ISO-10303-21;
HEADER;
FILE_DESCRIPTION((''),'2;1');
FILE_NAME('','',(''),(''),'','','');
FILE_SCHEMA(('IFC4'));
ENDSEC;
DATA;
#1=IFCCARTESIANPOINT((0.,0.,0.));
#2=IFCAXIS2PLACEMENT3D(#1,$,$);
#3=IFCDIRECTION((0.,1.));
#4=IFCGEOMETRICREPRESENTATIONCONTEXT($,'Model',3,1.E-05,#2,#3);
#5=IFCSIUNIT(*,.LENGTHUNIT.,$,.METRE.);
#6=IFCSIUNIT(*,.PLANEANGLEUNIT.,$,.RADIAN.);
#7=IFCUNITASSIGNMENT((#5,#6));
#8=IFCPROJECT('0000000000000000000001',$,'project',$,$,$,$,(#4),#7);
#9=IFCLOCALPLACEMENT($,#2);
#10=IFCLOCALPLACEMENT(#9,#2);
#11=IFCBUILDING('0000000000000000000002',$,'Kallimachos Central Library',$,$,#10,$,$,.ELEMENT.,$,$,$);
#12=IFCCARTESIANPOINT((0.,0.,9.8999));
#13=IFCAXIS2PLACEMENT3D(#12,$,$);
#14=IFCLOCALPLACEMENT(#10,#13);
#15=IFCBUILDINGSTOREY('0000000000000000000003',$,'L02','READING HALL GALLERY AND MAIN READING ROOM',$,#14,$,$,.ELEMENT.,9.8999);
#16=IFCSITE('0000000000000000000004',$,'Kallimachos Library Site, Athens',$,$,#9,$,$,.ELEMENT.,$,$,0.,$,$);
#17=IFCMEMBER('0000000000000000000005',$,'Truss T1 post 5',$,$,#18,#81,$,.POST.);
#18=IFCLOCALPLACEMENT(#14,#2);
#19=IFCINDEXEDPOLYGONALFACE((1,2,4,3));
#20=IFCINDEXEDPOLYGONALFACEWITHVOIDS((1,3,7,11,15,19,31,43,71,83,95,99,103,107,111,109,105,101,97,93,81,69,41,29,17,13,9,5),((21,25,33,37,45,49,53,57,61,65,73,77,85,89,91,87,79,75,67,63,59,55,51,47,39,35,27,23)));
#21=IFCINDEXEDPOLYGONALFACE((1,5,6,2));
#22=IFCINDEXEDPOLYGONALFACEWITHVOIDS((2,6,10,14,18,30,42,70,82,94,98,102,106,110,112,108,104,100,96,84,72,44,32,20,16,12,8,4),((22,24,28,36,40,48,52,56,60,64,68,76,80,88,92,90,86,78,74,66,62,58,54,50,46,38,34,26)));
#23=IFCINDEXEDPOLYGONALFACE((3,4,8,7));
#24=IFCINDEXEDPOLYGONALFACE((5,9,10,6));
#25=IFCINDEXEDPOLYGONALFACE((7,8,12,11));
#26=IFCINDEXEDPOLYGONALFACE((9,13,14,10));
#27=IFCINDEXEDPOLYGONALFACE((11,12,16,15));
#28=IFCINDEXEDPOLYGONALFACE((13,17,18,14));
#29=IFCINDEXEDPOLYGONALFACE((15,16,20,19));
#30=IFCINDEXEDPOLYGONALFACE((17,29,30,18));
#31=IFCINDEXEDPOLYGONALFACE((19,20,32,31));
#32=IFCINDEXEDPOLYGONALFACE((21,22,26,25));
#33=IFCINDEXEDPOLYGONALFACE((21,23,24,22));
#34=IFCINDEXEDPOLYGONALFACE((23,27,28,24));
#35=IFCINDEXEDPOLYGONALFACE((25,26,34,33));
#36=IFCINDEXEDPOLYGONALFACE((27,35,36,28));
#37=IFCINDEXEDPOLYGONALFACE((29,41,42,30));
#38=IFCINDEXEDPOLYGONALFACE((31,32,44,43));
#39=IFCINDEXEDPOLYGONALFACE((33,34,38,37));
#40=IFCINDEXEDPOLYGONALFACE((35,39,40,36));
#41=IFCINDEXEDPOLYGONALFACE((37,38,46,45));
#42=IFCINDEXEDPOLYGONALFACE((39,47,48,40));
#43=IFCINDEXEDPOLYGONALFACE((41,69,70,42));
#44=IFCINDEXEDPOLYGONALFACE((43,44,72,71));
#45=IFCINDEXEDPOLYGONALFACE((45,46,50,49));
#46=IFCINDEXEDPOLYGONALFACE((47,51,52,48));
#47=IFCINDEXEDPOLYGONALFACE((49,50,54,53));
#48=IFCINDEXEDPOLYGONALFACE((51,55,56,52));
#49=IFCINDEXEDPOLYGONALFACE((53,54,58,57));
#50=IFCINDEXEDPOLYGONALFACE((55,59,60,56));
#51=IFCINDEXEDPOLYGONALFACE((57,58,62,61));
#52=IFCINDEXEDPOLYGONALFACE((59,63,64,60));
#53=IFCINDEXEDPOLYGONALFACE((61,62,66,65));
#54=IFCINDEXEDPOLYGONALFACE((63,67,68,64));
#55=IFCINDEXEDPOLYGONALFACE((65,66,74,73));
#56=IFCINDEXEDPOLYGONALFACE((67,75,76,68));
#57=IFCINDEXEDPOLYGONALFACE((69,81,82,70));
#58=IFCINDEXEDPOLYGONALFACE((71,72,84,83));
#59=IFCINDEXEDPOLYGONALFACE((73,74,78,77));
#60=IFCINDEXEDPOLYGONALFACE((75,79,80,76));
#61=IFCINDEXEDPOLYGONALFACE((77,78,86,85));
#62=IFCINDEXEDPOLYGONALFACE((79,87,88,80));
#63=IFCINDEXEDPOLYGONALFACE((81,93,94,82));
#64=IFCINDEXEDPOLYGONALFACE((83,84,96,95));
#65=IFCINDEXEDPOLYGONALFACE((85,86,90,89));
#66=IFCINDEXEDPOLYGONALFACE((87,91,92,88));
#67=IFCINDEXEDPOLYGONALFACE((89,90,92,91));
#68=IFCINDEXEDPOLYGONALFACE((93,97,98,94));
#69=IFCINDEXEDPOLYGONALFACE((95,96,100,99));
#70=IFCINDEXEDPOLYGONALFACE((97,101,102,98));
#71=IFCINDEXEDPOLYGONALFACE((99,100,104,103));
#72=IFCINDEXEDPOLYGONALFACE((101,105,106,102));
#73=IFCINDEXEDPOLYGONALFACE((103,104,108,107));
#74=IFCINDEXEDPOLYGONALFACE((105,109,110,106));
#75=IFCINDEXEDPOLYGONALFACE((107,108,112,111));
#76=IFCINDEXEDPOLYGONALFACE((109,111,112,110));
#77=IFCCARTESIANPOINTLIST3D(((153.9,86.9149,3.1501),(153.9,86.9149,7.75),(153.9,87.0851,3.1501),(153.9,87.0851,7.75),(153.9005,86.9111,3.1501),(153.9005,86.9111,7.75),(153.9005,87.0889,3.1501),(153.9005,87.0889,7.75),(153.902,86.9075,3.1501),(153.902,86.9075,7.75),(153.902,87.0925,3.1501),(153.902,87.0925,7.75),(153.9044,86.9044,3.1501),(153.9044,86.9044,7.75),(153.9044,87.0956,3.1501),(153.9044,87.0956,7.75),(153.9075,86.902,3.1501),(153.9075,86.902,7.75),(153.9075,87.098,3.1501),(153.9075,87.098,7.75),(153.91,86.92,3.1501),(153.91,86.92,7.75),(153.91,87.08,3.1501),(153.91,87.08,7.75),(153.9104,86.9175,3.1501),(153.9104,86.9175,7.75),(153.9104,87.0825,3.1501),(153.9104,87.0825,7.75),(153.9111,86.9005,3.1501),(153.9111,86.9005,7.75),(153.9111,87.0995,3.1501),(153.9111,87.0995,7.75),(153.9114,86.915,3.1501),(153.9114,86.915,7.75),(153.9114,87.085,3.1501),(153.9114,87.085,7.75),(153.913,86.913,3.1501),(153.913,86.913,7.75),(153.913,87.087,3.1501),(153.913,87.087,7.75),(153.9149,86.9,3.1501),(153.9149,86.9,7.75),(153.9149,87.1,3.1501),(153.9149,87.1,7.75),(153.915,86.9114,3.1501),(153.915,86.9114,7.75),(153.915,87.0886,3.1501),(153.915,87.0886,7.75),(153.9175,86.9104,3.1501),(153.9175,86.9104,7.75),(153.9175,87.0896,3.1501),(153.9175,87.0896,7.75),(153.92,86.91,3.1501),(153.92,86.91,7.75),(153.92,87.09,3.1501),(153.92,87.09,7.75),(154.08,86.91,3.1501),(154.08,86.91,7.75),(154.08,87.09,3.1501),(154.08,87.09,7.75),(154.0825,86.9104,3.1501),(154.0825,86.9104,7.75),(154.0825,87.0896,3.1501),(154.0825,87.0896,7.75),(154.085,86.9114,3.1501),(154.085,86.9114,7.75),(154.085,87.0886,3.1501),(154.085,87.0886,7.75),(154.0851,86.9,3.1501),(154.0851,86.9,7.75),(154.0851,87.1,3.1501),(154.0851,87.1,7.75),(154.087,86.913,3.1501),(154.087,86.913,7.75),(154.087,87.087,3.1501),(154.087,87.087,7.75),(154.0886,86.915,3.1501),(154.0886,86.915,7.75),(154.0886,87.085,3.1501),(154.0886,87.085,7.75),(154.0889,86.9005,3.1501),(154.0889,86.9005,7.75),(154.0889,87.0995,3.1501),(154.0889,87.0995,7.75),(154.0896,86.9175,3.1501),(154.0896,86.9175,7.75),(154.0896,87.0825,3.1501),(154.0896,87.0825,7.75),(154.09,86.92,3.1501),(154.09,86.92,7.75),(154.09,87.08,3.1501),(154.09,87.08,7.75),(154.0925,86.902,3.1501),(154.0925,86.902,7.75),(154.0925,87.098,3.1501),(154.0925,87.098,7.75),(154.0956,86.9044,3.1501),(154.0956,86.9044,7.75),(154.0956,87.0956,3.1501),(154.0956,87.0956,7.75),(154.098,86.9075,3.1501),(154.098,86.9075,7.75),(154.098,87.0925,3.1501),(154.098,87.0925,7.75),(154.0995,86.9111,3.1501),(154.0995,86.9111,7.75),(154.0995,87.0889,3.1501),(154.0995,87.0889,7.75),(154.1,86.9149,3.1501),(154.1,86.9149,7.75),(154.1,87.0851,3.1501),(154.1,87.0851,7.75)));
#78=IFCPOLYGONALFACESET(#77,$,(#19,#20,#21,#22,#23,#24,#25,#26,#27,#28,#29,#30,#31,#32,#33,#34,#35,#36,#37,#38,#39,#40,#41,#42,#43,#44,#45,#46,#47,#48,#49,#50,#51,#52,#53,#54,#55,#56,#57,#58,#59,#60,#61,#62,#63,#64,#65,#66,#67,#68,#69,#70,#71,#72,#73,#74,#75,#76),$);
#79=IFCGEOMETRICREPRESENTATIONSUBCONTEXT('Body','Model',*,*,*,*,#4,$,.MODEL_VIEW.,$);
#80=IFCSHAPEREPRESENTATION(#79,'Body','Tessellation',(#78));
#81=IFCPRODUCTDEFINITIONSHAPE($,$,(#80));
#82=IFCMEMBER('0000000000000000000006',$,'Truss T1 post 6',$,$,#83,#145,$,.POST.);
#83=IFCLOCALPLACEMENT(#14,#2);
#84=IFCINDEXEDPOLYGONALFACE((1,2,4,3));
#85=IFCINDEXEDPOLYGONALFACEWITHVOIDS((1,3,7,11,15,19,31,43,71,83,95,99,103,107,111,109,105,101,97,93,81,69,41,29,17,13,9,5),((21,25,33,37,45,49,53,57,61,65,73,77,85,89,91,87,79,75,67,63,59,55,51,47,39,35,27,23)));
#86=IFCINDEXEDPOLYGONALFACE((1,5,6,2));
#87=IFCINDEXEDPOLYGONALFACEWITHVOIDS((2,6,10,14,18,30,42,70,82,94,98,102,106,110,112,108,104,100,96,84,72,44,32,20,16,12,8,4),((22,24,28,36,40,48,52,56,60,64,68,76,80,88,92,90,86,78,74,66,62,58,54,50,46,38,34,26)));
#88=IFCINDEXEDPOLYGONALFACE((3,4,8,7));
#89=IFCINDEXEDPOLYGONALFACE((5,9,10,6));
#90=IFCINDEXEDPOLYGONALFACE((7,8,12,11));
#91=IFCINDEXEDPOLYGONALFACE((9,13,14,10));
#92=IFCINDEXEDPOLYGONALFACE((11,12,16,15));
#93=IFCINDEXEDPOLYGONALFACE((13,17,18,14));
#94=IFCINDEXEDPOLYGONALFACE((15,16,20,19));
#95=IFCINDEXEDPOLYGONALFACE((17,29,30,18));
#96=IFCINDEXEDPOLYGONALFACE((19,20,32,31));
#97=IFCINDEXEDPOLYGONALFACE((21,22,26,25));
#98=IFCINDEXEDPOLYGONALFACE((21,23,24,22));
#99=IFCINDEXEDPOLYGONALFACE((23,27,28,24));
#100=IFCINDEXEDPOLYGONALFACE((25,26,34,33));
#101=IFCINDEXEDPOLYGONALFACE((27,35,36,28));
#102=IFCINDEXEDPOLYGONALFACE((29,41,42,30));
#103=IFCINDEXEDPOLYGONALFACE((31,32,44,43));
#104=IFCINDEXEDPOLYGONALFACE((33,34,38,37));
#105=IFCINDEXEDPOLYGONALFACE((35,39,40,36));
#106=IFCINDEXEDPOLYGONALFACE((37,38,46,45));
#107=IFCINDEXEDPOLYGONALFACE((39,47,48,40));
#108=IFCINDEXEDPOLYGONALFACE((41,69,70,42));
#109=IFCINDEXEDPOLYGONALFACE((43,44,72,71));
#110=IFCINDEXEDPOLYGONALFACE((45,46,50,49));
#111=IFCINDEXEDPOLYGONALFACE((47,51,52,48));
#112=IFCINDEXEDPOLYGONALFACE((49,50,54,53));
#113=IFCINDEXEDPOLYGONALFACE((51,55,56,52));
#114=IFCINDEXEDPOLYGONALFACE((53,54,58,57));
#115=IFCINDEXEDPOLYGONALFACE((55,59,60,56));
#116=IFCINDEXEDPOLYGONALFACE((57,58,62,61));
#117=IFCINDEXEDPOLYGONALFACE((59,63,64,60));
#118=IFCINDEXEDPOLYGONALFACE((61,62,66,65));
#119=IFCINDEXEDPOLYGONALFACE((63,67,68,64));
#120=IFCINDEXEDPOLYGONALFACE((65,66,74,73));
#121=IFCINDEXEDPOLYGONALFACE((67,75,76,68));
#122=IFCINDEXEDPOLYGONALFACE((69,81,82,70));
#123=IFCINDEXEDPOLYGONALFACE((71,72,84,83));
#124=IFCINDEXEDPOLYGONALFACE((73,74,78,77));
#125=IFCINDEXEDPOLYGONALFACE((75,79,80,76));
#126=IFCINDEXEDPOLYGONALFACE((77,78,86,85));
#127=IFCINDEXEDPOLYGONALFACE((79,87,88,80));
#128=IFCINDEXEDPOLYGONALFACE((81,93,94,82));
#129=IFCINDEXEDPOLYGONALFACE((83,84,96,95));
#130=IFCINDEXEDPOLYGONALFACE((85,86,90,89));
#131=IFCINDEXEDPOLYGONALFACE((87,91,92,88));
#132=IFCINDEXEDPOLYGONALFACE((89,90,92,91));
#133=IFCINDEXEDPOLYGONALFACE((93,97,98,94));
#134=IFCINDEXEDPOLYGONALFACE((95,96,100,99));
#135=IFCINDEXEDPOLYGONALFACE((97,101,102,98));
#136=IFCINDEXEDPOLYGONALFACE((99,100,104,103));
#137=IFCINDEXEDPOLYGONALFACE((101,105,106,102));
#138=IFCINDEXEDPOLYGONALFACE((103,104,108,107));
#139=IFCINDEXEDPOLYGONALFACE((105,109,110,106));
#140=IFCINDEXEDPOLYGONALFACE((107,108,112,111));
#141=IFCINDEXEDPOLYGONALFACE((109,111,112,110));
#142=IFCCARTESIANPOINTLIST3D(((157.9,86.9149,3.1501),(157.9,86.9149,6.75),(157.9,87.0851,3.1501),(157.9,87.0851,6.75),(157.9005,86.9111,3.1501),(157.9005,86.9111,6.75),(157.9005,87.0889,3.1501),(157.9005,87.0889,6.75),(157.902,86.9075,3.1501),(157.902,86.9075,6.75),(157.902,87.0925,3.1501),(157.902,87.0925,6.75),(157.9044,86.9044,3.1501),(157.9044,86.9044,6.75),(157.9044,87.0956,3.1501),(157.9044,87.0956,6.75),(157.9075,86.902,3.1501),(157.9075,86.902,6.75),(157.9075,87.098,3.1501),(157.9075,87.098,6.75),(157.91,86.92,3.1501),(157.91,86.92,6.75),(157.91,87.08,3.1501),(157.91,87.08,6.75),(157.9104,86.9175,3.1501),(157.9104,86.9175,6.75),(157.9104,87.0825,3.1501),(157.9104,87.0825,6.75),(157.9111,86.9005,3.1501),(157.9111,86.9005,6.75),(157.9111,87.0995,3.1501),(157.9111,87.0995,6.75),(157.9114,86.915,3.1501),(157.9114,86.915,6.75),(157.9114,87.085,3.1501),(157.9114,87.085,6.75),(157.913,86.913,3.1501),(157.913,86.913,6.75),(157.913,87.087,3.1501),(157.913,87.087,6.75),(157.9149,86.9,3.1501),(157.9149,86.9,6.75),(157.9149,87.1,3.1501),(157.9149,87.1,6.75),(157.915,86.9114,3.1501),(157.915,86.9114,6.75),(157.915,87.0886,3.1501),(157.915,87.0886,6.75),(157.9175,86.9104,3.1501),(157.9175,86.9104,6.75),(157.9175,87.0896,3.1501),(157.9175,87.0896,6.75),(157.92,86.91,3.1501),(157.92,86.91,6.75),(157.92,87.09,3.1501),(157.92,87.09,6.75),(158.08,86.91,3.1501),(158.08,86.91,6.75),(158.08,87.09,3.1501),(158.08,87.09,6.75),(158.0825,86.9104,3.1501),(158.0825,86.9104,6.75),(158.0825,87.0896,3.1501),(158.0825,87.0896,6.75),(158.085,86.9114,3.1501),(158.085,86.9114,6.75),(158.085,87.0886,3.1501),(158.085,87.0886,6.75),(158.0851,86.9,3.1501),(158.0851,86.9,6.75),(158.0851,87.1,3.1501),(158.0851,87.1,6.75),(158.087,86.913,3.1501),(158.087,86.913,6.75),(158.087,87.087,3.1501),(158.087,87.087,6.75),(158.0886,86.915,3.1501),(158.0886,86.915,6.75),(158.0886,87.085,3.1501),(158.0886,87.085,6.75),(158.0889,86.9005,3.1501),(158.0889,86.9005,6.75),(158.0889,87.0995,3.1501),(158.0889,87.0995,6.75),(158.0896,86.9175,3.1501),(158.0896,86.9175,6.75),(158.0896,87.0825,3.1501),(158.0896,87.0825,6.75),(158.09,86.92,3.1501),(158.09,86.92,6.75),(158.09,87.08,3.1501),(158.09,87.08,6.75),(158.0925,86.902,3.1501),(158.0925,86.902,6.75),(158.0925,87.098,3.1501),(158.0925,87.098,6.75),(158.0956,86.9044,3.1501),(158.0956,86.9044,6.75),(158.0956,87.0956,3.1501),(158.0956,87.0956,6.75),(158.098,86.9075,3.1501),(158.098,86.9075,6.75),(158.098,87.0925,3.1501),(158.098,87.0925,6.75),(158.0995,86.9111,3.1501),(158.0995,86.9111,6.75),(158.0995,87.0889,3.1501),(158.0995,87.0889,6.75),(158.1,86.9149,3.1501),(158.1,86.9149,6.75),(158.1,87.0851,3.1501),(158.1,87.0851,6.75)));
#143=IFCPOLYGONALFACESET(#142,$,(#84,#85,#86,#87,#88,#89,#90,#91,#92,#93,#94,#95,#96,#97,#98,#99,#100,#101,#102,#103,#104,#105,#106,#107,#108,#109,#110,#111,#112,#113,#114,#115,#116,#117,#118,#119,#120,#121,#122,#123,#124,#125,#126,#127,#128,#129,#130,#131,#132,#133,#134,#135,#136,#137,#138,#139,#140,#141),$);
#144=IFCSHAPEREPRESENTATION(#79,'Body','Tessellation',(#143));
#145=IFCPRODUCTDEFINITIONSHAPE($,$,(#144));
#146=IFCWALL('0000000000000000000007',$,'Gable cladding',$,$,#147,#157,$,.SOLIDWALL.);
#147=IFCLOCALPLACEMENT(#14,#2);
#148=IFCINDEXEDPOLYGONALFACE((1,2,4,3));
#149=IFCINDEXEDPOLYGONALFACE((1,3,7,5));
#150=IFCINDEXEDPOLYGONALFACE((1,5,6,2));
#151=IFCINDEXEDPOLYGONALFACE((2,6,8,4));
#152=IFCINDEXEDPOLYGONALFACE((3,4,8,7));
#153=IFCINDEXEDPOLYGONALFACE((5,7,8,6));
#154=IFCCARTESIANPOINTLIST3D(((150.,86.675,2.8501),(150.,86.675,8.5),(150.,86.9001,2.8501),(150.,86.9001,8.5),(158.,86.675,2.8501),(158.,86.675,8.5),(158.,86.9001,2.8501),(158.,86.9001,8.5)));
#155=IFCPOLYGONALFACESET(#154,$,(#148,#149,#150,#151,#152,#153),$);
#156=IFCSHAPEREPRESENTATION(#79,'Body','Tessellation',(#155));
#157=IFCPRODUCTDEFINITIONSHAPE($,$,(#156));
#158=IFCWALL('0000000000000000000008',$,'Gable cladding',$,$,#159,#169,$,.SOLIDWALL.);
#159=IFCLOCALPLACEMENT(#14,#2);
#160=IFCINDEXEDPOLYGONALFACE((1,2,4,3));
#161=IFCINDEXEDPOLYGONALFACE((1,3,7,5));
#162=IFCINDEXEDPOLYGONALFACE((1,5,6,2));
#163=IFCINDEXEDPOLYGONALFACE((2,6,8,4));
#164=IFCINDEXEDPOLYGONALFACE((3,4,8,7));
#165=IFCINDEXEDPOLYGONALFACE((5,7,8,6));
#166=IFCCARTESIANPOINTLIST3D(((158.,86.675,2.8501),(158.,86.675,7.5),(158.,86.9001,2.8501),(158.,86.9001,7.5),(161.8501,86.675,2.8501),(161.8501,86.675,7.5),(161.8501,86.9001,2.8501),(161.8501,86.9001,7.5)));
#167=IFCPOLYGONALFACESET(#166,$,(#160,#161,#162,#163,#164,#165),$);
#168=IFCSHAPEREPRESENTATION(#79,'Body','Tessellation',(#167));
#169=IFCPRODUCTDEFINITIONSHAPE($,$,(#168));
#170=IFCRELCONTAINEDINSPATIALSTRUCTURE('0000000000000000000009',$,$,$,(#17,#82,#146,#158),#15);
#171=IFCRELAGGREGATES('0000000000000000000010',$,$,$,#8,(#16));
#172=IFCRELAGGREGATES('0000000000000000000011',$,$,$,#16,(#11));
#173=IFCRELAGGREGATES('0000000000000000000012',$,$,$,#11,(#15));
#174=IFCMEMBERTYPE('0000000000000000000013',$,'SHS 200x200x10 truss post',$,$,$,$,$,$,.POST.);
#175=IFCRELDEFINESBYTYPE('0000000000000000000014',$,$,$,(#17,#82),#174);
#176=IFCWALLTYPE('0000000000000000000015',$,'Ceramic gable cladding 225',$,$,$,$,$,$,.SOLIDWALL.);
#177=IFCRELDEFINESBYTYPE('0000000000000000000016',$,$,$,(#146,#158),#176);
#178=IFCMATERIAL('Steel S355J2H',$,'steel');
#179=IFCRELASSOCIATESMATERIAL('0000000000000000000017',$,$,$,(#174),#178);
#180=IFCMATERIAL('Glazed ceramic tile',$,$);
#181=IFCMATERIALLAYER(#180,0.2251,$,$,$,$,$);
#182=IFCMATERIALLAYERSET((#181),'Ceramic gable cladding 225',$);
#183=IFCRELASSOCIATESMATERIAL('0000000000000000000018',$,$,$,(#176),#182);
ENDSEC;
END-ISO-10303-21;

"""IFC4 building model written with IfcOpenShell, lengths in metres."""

from ifc_helpers import new_model, si_unit, direction, frame, frame_2d, origin, origin_2d, place, context, subcontext, project, spatial, rectangle, hollow_rectangle, extrude, material, layer, layer_set, material_profile, profile_set, type_object, element, save


model = new_model("IFC4")

# Units and contexts
model_context = context("Model", 3, precision=1e-05, world=origin(), true_north=direction((0.0, 1.0)))
body_context = subcontext(model_context, "Body", "Model", "MODEL_VIEW")
ifc_project = project(units=[si_unit("LENGTHUNIT", "METRE"), si_unit("PLANEANGLEUNIT", "RADIAN")], contexts=[model_context])

# Site, building, storey
site_placement = place(None, origin())
site = spatial("IfcSite", under=ifc_project, at=site_placement, Name="Kallimachos Library Site, Athens", CompositionType="ELEMENT", RefElevation=0.0)
building_placement = place(site_placement, origin())
building = spatial("IfcBuilding", under=site, at=building_placement, Name="Kallimachos Central Library", CompositionType="ELEMENT")
storey_placement = place(building_placement, frame((0.0, 0.0, 9.8999)))
storey = spatial("IfcBuildingStorey", under=building, at=storey_placement, Name="L02", Description="READING HALL GALLERY AND MAIN READING ROOM", CompositionType="ELEMENT", Elevation=9.8999)

# Members
ifc_material_1 = material(Name="Steel S355J2H", Category="steel")
ifc_material_profile_1 = material_profile(ifc_material_1, hollow_rectangle(XDim=0.2, YDim=0.2, WallThickness=0.01, InnerFilletRadius=0.01, OuterFilletRadius=0.0149, at=origin_2d()), Name="SHS 200x200x10")
ifc_profile_set_1 = profile_set([ifc_material_profile_1], Name="Steel S355J2H")
member_type_1 = type_object("IfcMemberType", Name="SHS 200x200x10 truss post", PredefinedType="POST", material=ifc_profile_set_1)
member_1_placement = place(storey_placement, frame((154.0, 87.0, 3.1501), z_axis=(0.0, 0.0, 1.0), x_axis=(1.0, 0.0, 0.0)))
element("IfcMember", 1, at=member_1_placement, inside=storey, type_object=member_type_1, Name="Truss T1 post 5", PredefinedType="POST", context=body_context, shape_type="SweptSolid", body=[
    extrude(hollow_rectangle(XDim=0.2, YDim=0.2, WallThickness=0.01, InnerFilletRadius=0.01, OuterFilletRadius=0.0149, at=origin_2d()), origin(), (0.0, 0.0, 1.0), 4.5999),
])
member_2_placement = place(storey_placement, frame((158.0, 87.0, 3.1501), z_axis=(0.0, 0.0, 1.0), x_axis=(1.0, 0.0, 0.0)))
element("IfcMember", 2, at=member_2_placement, inside=storey, type_object=member_type_1, Name="Truss T1 post 6", PredefinedType="POST", context=body_context, shape_type="SweptSolid", body=[
    extrude(hollow_rectangle(XDim=0.2, YDim=0.2, WallThickness=0.01, InnerFilletRadius=0.01, OuterFilletRadius=0.0149, at=origin_2d()), origin(), (0.0, 0.0, 1.0), 3.5999),
])

# Walls
ifc_material_2 = material(Name="Glazed ceramic tile")
ifc_layer_1 = layer(ifc_material_2, 0.2251)
ifc_layer_set_1 = layer_set([ifc_layer_1], Name="Ceramic gable cladding 225")
wall_type_1 = type_object("IfcWallType", Name="Ceramic gable cladding 225", PredefinedType="SOLIDWALL", material=ifc_layer_set_1)
wall_1_placement = place(storey_placement, frame((150.0, 86.7876, 2.8501), z_axis=(0.0, 0.0, 1.0), x_axis=(1.0, 0.0, 0.0)))
element("IfcWall", 3, at=wall_1_placement, inside=storey, type_object=wall_type_1, Name="Gable cladding", PredefinedType="SOLIDWALL", context=body_context, shape_type="SweptSolid", body=[
    extrude(rectangle(XDim=8.0, YDim=0.2251, at=frame_2d((4.0, 0.0))), origin(), (0.0, 0.0, 1.0), 5.6499),
])
wall_2_placement = place(storey_placement, frame((158.0, 86.7876, 2.8501), z_axis=(0.0, 0.0, 1.0), x_axis=(1.0, 0.0, 0.0)))
element("IfcWall", 4, at=wall_2_placement, inside=storey, type_object=wall_type_1, Name="Gable cladding", PredefinedType="SOLIDWALL", context=body_context, shape_type="SweptSolid", body=[
    extrude(rectangle(XDim=3.8501, YDim=0.2251, at=frame_2d((1.925, 0.0))), origin(), (0.0, 0.0, 1.0), 4.6499),
])

save(model, "model.ifc")
